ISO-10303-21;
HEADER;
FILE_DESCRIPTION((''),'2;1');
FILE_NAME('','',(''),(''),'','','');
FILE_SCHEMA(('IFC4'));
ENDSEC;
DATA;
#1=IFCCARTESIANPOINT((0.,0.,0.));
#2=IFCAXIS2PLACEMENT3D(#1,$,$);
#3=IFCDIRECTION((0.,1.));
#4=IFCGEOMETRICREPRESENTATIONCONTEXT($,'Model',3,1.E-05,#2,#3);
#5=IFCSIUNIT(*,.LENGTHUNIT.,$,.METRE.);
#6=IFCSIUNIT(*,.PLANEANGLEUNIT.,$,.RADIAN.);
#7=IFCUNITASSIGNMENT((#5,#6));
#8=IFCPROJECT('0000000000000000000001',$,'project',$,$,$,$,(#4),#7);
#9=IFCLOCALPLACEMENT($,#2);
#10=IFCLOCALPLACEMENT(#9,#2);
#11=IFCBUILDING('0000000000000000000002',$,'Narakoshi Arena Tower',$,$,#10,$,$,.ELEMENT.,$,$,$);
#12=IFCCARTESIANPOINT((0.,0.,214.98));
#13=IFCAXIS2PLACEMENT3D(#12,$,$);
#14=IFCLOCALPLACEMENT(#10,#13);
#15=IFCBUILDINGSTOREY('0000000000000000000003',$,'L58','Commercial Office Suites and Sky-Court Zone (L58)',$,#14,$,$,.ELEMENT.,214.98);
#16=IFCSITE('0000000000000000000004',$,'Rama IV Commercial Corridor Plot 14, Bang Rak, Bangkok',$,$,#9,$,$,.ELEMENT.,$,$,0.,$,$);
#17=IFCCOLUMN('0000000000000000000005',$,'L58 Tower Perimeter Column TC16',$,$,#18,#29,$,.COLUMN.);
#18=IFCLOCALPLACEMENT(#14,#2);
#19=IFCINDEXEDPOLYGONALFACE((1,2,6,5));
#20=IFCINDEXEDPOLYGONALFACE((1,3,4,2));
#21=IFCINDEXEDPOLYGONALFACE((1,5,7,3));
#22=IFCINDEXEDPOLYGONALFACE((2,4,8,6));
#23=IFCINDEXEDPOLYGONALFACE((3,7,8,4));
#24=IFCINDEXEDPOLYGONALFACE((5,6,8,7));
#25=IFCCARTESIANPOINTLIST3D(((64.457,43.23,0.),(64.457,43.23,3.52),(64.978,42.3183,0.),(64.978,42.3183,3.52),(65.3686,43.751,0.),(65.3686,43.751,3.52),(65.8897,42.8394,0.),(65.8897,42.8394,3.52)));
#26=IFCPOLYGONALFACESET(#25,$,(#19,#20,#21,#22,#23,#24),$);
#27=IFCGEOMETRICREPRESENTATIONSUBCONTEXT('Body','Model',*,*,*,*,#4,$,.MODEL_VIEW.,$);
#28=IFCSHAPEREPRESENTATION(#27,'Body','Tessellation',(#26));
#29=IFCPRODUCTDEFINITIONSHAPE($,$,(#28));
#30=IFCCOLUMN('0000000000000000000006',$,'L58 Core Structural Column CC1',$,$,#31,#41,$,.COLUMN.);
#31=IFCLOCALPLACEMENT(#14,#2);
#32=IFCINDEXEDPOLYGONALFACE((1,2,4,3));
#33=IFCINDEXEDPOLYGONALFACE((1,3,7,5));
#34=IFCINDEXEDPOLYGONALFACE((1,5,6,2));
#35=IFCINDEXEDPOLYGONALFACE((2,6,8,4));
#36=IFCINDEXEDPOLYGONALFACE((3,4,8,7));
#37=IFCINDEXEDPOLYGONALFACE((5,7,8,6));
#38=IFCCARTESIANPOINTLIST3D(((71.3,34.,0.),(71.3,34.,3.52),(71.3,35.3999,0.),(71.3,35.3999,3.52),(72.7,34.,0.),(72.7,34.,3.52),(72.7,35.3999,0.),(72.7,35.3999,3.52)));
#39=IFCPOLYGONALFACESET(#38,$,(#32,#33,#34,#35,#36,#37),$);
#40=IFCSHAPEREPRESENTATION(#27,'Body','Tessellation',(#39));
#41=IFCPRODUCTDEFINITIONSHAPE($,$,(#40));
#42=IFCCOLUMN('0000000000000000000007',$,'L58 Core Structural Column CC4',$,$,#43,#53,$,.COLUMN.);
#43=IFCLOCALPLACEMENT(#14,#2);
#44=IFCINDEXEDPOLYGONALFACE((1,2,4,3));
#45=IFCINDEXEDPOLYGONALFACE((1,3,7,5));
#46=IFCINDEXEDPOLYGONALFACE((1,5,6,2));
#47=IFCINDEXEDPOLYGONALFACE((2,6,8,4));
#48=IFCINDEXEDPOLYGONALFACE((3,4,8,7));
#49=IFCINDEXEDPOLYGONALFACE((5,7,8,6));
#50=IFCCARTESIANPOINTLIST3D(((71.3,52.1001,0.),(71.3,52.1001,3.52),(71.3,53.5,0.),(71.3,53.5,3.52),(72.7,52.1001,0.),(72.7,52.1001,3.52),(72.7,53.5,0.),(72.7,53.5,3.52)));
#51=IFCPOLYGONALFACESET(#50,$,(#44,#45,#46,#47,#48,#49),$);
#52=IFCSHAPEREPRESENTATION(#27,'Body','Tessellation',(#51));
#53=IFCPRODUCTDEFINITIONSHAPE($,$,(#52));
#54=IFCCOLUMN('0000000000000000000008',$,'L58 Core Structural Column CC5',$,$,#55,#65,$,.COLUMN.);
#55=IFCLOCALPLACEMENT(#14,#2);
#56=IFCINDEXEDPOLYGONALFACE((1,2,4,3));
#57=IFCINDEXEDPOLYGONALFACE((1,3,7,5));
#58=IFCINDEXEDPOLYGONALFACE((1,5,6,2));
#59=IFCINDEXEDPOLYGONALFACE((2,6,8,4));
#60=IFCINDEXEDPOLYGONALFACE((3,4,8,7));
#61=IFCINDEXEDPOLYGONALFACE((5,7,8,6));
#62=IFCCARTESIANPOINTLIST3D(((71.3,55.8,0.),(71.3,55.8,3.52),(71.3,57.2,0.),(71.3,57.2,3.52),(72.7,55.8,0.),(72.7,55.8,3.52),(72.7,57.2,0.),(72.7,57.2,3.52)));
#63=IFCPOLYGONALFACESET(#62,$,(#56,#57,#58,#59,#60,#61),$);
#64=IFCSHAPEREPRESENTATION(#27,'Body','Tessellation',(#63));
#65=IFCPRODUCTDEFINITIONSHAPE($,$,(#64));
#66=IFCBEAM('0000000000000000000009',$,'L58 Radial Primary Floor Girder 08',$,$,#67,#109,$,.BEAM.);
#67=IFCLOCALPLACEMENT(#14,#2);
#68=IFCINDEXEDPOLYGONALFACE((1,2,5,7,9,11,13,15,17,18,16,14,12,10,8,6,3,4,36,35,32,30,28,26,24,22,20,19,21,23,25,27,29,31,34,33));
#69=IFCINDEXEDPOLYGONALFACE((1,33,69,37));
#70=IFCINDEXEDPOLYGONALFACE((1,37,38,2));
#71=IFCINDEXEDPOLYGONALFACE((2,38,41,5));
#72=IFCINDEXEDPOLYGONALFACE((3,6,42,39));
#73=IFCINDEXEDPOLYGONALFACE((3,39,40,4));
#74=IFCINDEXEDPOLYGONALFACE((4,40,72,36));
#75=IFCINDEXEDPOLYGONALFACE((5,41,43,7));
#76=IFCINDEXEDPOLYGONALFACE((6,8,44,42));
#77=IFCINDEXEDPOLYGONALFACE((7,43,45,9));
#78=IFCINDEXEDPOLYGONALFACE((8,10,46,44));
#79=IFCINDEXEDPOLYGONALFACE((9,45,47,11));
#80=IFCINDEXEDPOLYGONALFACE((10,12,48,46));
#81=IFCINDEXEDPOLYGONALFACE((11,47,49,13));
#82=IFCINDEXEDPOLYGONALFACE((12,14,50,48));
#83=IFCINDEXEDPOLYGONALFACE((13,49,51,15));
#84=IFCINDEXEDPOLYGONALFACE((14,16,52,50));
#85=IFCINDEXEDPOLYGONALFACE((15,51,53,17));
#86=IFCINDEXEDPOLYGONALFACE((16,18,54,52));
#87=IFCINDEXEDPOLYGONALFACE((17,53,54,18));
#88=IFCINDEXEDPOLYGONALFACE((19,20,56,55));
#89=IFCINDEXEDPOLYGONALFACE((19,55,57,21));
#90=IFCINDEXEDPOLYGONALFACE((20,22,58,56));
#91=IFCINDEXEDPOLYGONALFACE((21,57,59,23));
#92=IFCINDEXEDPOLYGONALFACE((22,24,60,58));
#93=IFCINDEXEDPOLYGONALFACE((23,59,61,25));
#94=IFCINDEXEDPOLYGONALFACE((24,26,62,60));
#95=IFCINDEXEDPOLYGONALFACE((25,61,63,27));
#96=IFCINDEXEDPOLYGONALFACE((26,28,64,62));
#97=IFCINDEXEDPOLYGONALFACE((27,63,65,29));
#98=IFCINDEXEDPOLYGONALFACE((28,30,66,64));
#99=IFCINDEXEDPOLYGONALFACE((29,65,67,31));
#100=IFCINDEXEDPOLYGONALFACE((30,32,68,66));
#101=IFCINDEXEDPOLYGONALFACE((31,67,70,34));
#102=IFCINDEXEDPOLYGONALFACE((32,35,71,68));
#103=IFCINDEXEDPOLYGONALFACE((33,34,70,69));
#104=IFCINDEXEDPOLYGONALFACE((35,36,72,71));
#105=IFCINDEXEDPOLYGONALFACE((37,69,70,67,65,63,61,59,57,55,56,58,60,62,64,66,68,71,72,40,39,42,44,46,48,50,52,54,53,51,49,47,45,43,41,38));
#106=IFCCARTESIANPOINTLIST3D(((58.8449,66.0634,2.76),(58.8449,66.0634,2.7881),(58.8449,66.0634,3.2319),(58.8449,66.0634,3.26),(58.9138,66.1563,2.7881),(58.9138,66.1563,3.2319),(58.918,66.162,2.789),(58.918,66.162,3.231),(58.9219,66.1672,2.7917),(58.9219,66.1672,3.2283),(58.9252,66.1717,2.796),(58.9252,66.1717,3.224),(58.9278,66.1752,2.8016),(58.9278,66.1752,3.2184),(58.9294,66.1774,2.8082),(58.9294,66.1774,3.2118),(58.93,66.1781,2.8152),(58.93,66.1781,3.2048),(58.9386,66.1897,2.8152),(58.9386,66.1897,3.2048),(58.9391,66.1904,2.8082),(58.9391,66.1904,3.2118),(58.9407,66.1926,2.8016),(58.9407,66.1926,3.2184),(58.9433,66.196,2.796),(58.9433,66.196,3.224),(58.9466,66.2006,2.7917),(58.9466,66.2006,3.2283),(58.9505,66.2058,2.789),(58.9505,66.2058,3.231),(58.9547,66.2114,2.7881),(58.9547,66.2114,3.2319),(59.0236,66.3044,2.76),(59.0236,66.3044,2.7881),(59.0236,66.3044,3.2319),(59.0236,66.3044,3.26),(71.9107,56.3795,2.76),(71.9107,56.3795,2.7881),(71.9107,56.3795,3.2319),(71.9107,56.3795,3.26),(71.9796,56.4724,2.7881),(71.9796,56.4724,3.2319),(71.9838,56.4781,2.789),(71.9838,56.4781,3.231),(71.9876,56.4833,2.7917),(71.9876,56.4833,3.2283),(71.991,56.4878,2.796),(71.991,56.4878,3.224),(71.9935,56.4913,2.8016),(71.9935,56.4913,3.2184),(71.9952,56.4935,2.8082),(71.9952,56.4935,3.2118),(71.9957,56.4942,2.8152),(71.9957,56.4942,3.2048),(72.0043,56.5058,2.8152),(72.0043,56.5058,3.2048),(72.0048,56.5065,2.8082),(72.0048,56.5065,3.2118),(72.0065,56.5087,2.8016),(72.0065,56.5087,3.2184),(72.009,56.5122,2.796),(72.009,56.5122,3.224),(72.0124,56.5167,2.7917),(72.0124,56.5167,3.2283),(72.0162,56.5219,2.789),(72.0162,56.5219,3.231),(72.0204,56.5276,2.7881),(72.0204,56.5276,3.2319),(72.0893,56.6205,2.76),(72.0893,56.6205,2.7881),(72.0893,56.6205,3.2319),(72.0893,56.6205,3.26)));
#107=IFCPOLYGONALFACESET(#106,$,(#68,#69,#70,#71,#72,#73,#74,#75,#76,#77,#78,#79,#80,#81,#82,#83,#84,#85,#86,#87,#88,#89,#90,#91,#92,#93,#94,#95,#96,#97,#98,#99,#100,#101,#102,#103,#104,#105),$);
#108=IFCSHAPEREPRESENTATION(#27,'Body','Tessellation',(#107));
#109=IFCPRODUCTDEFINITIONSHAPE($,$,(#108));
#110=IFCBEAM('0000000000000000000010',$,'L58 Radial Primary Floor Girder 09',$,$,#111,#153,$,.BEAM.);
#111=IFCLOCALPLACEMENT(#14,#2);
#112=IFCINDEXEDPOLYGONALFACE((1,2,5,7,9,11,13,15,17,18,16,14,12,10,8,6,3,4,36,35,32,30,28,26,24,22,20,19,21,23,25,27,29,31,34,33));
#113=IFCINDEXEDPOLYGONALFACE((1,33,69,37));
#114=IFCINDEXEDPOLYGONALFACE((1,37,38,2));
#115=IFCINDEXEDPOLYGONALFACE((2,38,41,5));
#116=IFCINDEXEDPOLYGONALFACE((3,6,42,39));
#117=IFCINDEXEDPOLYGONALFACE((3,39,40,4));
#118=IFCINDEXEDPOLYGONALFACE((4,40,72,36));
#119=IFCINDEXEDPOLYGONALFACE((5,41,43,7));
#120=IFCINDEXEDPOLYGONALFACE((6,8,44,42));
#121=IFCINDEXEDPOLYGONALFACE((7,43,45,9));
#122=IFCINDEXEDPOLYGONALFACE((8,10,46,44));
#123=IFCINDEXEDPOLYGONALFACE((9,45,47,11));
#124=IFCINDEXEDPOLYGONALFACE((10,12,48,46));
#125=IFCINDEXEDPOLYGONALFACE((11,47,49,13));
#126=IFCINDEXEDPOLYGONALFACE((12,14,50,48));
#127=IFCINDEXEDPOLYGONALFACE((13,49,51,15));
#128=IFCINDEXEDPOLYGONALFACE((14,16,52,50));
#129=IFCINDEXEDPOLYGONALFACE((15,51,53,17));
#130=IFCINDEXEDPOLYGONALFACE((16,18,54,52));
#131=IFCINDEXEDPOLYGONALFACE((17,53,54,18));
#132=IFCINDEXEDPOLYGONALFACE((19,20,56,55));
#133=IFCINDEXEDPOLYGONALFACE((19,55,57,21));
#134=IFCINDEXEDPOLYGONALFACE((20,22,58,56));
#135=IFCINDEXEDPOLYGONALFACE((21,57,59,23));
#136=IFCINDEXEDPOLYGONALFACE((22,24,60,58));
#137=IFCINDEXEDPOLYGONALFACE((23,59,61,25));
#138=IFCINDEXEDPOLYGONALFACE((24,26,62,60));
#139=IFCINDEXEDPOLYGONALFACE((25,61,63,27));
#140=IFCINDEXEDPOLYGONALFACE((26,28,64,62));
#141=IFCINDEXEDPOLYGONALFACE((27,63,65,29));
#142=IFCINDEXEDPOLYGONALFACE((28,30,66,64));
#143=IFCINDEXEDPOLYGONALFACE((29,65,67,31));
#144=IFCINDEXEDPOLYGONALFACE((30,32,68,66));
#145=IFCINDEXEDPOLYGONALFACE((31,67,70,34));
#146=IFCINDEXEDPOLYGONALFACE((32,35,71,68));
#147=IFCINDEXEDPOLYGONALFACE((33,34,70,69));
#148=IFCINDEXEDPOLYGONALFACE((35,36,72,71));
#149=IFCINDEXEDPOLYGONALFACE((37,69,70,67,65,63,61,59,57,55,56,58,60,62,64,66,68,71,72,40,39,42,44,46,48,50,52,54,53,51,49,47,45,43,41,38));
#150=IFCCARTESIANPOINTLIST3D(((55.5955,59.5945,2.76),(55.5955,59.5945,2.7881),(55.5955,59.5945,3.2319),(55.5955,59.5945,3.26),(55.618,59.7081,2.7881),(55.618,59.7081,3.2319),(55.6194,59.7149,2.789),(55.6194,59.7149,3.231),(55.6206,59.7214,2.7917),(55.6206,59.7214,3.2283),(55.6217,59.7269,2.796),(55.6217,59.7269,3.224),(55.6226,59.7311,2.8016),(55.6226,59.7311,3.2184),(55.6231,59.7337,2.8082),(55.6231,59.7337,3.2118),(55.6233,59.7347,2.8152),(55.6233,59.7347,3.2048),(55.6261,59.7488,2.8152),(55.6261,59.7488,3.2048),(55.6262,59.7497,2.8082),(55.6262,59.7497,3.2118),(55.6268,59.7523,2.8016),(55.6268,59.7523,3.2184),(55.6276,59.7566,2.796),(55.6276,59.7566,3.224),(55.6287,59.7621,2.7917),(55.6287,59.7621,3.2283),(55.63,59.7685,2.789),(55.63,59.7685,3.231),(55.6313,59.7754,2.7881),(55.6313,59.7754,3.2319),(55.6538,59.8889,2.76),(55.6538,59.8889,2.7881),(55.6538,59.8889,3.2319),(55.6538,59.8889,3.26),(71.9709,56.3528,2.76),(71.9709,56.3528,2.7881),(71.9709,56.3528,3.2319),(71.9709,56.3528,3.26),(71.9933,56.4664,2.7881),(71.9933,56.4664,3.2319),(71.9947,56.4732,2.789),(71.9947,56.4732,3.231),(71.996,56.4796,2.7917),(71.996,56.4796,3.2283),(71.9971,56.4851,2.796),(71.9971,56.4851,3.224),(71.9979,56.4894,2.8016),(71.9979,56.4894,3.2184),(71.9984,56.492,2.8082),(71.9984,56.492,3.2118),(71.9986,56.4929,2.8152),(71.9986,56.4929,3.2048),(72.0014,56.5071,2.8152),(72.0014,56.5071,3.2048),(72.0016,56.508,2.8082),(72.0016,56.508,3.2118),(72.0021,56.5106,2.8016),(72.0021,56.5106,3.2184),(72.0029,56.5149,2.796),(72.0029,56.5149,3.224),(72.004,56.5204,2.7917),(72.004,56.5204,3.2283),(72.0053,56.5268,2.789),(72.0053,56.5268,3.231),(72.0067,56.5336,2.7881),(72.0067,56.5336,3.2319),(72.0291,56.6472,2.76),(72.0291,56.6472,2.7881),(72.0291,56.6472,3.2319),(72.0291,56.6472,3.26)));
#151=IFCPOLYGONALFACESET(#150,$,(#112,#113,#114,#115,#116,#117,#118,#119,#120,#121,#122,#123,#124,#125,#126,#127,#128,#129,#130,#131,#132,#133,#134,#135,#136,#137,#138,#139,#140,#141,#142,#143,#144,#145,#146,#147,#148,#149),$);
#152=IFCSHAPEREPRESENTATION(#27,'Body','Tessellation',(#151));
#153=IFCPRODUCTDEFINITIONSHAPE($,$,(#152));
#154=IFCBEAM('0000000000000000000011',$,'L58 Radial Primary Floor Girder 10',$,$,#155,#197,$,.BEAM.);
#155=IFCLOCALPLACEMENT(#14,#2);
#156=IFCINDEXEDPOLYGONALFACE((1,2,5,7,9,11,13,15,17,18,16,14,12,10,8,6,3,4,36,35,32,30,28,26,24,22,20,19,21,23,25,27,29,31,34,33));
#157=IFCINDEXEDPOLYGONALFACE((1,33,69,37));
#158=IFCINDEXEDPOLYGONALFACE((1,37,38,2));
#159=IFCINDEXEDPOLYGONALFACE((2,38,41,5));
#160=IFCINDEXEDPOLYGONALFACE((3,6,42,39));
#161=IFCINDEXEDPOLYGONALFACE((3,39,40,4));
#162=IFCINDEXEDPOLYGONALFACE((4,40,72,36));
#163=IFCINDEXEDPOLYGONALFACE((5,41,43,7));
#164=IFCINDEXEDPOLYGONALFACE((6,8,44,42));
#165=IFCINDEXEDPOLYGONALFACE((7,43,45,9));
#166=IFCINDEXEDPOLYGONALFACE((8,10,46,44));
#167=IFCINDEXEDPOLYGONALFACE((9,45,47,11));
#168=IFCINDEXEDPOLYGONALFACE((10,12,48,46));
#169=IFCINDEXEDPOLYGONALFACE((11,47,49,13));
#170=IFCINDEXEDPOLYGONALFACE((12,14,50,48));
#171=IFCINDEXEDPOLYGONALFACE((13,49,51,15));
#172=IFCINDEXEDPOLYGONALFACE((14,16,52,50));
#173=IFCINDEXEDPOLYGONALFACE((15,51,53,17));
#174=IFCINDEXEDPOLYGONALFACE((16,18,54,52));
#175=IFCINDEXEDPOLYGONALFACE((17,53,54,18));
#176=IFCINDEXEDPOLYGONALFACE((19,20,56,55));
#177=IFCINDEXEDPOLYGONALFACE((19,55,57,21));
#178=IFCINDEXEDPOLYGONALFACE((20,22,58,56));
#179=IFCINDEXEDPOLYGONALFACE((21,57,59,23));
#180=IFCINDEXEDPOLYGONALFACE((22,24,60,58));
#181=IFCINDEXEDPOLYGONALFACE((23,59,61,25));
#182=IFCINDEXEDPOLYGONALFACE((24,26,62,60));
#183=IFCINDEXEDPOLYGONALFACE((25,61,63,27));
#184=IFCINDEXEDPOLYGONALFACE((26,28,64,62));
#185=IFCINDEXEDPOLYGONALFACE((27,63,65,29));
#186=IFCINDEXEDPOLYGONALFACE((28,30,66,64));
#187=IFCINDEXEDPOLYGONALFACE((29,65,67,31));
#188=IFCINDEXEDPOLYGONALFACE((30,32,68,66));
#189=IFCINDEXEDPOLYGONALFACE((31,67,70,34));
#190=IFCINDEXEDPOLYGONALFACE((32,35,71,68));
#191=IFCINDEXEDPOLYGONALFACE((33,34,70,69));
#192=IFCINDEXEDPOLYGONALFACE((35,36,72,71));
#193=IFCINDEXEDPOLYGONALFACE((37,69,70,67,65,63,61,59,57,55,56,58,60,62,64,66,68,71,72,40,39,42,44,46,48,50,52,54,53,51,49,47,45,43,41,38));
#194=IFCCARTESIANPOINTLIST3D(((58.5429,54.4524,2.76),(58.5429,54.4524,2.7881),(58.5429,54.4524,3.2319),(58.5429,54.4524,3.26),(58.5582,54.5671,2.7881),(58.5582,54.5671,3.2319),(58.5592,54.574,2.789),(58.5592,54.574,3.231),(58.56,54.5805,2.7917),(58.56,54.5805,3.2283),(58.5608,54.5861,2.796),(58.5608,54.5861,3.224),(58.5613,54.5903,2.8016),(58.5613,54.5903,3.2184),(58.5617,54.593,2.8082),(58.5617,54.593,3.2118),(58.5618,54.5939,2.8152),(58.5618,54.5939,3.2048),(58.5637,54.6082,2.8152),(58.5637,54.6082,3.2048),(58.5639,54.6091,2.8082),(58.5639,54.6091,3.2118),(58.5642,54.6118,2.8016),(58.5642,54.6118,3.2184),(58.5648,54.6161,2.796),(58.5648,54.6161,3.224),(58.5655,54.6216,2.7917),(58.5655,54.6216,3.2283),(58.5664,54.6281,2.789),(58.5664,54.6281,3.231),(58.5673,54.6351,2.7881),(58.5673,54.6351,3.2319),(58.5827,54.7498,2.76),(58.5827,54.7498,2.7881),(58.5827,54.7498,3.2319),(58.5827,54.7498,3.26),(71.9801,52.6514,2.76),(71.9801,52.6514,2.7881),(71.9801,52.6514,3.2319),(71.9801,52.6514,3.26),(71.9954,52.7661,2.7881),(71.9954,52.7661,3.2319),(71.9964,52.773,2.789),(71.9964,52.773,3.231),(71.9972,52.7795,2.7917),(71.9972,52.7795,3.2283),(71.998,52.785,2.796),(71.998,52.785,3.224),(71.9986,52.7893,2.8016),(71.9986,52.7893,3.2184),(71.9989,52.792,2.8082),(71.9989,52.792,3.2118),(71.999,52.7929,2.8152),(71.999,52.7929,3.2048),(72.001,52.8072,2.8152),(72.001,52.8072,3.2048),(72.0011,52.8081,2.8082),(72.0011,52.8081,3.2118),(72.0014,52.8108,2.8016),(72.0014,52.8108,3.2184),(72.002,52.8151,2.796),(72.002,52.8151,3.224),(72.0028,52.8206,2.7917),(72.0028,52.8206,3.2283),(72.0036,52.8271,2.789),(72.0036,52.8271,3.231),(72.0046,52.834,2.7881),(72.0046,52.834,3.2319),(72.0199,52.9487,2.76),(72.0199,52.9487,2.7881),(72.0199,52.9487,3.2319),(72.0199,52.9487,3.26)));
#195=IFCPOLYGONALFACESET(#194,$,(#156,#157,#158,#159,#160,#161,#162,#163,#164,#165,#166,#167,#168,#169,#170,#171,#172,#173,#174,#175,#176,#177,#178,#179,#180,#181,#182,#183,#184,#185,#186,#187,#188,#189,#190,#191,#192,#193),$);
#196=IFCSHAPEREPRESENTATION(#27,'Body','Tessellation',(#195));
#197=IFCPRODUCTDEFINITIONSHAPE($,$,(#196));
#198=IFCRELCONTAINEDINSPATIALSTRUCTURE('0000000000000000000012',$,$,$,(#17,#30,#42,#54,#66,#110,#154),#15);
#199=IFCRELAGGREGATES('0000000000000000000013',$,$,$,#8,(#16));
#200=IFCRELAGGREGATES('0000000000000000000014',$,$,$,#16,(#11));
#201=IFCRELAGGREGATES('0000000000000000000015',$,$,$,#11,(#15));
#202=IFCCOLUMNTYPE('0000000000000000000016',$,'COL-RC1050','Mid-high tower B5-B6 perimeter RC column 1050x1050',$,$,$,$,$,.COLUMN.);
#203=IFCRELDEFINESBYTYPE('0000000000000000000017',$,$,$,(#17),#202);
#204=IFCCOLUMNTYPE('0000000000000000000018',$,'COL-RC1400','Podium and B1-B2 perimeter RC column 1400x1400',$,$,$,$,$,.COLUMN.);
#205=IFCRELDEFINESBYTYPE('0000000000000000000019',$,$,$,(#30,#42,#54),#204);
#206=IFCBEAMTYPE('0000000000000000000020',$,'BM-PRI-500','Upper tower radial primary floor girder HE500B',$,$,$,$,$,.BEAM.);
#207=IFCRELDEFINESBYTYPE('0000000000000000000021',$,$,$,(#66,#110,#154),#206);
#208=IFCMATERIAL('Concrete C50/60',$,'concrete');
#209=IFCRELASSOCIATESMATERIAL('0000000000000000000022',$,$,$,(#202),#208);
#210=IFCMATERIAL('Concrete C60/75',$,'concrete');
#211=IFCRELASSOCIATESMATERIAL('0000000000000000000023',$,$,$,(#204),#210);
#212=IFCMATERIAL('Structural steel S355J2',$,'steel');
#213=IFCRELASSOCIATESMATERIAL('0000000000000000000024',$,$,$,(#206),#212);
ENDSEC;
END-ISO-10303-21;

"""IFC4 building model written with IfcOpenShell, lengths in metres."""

from ifc_helpers import new_model, si_unit, direction, frame, origin, origin_2d, place, context, subcontext, project, spatial, rectangle, i_section, extrude, material, material_profile, profile_set, type_object, element, save


model = new_model("IFC4")

# Units and contexts
model_context = context("Model", 3, precision=1e-05, world=origin(), true_north=direction((0.0, 1.0)))
body_context = subcontext(model_context, "Body", "Model", "MODEL_VIEW")
ifc_project = project(units=[si_unit("LENGTHUNIT", "METRE"), si_unit("PLANEANGLEUNIT", "RADIAN")], contexts=[model_context])

# Site, building, storey
site_placement = place(None, origin())
site = spatial("IfcSite", under=ifc_project, at=site_placement, Name="Rama IV Commercial Corridor Plot 14, Bang Rak, Bangkok", CompositionType="ELEMENT", RefElevation=0.0)
building_placement = place(site_placement, origin())
building = spatial("IfcBuilding", under=site, at=building_placement, Name="Narakoshi Arena Tower", CompositionType="ELEMENT")
storey_placement = place(building_placement, frame((0.0, 0.0, 214.98)))
storey = spatial("IfcBuildingStorey", under=building, at=storey_placement, Name="L58", Description="Commercial Office Suites and Sky-Court Zone (L58)", CompositionType="ELEMENT", Elevation=214.98)

# Columns
ifc_material_1 = material(Name="Concrete C50/60", Category="concrete")
ifc_material_profile_1 = material_profile(ifc_material_1, rectangle(XDim=1.05, YDim=1.05, at=origin_2d()), Name="RC1050x1050")
ifc_profile_set_1 = profile_set([ifc_material_profile_1], Name="Concrete C50/60")
column_type_1 = type_object("IfcColumnType", Name="COL-RC1050", Description="Mid-high tower B5-B6 perimeter RC column 1050x1050", PredefinedType="COLUMN", material=ifc_profile_set_1)
column_placement = place(storey_placement, frame((65.1733, 43.0347, 0.0), z_axis=(0.0, 0.0, 1.0), x_axis=(-0.496217, 0.868199, 0.0)))
element("IfcColumn", 1, at=column_placement, inside=storey, type_object=column_type_1, Name="L58 Tower Perimeter Column TC16", PredefinedType="COLUMN", context=body_context, shape_type="SweptSolid", body=[
    extrude(rectangle(XDim=1.05, YDim=1.05, at=origin_2d()), origin(), (0.0, 0.0, 1.0), 3.52),
])
ifc_material_2 = material(Name="Concrete C60/75", Category="concrete")
ifc_material_profile_2 = material_profile(ifc_material_2, rectangle(XDim=1.3999, YDim=1.3999, at=origin_2d()), Name="RC1400x1400")
ifc_profile_set_2 = profile_set([ifc_material_profile_2], Name="Concrete C60/75")
column_type_2 = type_object("IfcColumnType", Name="COL-RC1400", Description="Podium and B1-B2 perimeter RC column 1400x1400", PredefinedType="COLUMN", material=ifc_profile_set_2)
for number, where, z_axis, x_axis, name in (
    (2, (72.0, 34.7, 0.0), (0.0, 0.0, 1.0), (1.0, 0.0, 0.0), "L58 Core Structural Column CC1"),
    (3, (72.0, 52.8, 0.0), (0.0, 0.0, 1.0), (1.0, 0.0, 0.0), "L58 Core Structural Column CC4"),
    (4, (72.0, 56.5, 0.0), (0.0, 0.0, 1.0), (1.0, 0.0, 0.0), "L58 Core Structural Column CC5"),
):
    element("IfcColumn", number, at=place(storey_placement, frame(where, z_axis=z_axis, x_axis=x_axis)), inside=storey, type_object=column_type_2, Name=name, PredefinedType="COLUMN", context=body_context, shape_type="SweptSolid", body=[
        extrude(rectangle(XDim=1.3999, YDim=1.3999, at=origin_2d()), origin(), (0.0, 0.0, 1.0), 3.52),
    ])

# Beams
ifc_material_3 = material(Name="Structural steel S355J2", Category="steel")
ifc_material_profile_3 = material_profile(ifc_material_3, i_section(OverallWidth=0.3, OverallDepth=0.5, WebThickness=0.0144, FlangeThickness=0.0281, FilletRadius=0.0271, at=origin_2d()), Name="HE500B")
ifc_profile_set_3 = profile_set([ifc_material_profile_3], Name="Structural steel S355J2")
beam_type_1 = type_object("IfcBeamType", Name="BM-PRI-500", Description="Upper tower radial primary floor girder HE500B", PredefinedType="BEAM", material=ifc_profile_set_3)
beam_1_placement = place(storey_placement, frame((72.0, 56.5, 3.01), z_axis=(-0.803394, 0.595448, 0.0), x_axis=(-0.595448, -0.803394, 0.0)))
element("IfcBeam", 5, at=beam_1_placement, inside=storey, type_object=beam_type_1, Name="L58 Radial Primary Floor Girder 08", PredefinedType="BEAM", context=body_context, shape_type="SweptSolid", body=[
    extrude(i_section(OverallWidth=0.3, OverallDepth=0.5, WebThickness=0.0144, FlangeThickness=0.0281, FilletRadius=0.0271, at=origin_2d()), origin(), (0.0, 0.0, 1.0), 16.2632),
])
beam_2_placement = place(storey_placement, frame((72.0, 56.5, 3.01), z_axis=(-0.980963, 0.194195, 0.0), x_axis=(-0.194195, -0.980963, 0.0)))
element("IfcBeam", 6, at=beam_2_placement, inside=storey, type_object=beam_type_1, Name="L58 Radial Primary Floor Girder 09", PredefinedType="BEAM", context=body_context, shape_type="SweptSolid", body=[
    extrude(i_section(OverallWidth=0.3, OverallDepth=0.5, WebThickness=0.0144, FlangeThickness=0.0281, FilletRadius=0.0271, at=origin_2d()), origin(), (0.0, 0.0, 1.0), 16.6931),
])
beam_3_placement = place(storey_placement, frame((72.0, 52.8, 3.01), z_axis=(-0.991137, 0.132844, 0.0), x_axis=(-0.132844, -0.991137, 0.0)))
element("IfcBeam", 7, at=beam_3_placement, inside=storey, type_object=beam_type_1, Name="L58 Radial Primary Floor Girder 10", PredefinedType="BEAM", context=body_context, shape_type="SweptSolid", body=[
    extrude(i_section(OverallWidth=0.3, OverallDepth=0.5, WebThickness=0.0144, FlangeThickness=0.0281, FilletRadius=0.0271, at=origin_2d()), origin(), (0.0, 0.0, 1.0), 13.5574),
])

save(model, "model.ifc")
